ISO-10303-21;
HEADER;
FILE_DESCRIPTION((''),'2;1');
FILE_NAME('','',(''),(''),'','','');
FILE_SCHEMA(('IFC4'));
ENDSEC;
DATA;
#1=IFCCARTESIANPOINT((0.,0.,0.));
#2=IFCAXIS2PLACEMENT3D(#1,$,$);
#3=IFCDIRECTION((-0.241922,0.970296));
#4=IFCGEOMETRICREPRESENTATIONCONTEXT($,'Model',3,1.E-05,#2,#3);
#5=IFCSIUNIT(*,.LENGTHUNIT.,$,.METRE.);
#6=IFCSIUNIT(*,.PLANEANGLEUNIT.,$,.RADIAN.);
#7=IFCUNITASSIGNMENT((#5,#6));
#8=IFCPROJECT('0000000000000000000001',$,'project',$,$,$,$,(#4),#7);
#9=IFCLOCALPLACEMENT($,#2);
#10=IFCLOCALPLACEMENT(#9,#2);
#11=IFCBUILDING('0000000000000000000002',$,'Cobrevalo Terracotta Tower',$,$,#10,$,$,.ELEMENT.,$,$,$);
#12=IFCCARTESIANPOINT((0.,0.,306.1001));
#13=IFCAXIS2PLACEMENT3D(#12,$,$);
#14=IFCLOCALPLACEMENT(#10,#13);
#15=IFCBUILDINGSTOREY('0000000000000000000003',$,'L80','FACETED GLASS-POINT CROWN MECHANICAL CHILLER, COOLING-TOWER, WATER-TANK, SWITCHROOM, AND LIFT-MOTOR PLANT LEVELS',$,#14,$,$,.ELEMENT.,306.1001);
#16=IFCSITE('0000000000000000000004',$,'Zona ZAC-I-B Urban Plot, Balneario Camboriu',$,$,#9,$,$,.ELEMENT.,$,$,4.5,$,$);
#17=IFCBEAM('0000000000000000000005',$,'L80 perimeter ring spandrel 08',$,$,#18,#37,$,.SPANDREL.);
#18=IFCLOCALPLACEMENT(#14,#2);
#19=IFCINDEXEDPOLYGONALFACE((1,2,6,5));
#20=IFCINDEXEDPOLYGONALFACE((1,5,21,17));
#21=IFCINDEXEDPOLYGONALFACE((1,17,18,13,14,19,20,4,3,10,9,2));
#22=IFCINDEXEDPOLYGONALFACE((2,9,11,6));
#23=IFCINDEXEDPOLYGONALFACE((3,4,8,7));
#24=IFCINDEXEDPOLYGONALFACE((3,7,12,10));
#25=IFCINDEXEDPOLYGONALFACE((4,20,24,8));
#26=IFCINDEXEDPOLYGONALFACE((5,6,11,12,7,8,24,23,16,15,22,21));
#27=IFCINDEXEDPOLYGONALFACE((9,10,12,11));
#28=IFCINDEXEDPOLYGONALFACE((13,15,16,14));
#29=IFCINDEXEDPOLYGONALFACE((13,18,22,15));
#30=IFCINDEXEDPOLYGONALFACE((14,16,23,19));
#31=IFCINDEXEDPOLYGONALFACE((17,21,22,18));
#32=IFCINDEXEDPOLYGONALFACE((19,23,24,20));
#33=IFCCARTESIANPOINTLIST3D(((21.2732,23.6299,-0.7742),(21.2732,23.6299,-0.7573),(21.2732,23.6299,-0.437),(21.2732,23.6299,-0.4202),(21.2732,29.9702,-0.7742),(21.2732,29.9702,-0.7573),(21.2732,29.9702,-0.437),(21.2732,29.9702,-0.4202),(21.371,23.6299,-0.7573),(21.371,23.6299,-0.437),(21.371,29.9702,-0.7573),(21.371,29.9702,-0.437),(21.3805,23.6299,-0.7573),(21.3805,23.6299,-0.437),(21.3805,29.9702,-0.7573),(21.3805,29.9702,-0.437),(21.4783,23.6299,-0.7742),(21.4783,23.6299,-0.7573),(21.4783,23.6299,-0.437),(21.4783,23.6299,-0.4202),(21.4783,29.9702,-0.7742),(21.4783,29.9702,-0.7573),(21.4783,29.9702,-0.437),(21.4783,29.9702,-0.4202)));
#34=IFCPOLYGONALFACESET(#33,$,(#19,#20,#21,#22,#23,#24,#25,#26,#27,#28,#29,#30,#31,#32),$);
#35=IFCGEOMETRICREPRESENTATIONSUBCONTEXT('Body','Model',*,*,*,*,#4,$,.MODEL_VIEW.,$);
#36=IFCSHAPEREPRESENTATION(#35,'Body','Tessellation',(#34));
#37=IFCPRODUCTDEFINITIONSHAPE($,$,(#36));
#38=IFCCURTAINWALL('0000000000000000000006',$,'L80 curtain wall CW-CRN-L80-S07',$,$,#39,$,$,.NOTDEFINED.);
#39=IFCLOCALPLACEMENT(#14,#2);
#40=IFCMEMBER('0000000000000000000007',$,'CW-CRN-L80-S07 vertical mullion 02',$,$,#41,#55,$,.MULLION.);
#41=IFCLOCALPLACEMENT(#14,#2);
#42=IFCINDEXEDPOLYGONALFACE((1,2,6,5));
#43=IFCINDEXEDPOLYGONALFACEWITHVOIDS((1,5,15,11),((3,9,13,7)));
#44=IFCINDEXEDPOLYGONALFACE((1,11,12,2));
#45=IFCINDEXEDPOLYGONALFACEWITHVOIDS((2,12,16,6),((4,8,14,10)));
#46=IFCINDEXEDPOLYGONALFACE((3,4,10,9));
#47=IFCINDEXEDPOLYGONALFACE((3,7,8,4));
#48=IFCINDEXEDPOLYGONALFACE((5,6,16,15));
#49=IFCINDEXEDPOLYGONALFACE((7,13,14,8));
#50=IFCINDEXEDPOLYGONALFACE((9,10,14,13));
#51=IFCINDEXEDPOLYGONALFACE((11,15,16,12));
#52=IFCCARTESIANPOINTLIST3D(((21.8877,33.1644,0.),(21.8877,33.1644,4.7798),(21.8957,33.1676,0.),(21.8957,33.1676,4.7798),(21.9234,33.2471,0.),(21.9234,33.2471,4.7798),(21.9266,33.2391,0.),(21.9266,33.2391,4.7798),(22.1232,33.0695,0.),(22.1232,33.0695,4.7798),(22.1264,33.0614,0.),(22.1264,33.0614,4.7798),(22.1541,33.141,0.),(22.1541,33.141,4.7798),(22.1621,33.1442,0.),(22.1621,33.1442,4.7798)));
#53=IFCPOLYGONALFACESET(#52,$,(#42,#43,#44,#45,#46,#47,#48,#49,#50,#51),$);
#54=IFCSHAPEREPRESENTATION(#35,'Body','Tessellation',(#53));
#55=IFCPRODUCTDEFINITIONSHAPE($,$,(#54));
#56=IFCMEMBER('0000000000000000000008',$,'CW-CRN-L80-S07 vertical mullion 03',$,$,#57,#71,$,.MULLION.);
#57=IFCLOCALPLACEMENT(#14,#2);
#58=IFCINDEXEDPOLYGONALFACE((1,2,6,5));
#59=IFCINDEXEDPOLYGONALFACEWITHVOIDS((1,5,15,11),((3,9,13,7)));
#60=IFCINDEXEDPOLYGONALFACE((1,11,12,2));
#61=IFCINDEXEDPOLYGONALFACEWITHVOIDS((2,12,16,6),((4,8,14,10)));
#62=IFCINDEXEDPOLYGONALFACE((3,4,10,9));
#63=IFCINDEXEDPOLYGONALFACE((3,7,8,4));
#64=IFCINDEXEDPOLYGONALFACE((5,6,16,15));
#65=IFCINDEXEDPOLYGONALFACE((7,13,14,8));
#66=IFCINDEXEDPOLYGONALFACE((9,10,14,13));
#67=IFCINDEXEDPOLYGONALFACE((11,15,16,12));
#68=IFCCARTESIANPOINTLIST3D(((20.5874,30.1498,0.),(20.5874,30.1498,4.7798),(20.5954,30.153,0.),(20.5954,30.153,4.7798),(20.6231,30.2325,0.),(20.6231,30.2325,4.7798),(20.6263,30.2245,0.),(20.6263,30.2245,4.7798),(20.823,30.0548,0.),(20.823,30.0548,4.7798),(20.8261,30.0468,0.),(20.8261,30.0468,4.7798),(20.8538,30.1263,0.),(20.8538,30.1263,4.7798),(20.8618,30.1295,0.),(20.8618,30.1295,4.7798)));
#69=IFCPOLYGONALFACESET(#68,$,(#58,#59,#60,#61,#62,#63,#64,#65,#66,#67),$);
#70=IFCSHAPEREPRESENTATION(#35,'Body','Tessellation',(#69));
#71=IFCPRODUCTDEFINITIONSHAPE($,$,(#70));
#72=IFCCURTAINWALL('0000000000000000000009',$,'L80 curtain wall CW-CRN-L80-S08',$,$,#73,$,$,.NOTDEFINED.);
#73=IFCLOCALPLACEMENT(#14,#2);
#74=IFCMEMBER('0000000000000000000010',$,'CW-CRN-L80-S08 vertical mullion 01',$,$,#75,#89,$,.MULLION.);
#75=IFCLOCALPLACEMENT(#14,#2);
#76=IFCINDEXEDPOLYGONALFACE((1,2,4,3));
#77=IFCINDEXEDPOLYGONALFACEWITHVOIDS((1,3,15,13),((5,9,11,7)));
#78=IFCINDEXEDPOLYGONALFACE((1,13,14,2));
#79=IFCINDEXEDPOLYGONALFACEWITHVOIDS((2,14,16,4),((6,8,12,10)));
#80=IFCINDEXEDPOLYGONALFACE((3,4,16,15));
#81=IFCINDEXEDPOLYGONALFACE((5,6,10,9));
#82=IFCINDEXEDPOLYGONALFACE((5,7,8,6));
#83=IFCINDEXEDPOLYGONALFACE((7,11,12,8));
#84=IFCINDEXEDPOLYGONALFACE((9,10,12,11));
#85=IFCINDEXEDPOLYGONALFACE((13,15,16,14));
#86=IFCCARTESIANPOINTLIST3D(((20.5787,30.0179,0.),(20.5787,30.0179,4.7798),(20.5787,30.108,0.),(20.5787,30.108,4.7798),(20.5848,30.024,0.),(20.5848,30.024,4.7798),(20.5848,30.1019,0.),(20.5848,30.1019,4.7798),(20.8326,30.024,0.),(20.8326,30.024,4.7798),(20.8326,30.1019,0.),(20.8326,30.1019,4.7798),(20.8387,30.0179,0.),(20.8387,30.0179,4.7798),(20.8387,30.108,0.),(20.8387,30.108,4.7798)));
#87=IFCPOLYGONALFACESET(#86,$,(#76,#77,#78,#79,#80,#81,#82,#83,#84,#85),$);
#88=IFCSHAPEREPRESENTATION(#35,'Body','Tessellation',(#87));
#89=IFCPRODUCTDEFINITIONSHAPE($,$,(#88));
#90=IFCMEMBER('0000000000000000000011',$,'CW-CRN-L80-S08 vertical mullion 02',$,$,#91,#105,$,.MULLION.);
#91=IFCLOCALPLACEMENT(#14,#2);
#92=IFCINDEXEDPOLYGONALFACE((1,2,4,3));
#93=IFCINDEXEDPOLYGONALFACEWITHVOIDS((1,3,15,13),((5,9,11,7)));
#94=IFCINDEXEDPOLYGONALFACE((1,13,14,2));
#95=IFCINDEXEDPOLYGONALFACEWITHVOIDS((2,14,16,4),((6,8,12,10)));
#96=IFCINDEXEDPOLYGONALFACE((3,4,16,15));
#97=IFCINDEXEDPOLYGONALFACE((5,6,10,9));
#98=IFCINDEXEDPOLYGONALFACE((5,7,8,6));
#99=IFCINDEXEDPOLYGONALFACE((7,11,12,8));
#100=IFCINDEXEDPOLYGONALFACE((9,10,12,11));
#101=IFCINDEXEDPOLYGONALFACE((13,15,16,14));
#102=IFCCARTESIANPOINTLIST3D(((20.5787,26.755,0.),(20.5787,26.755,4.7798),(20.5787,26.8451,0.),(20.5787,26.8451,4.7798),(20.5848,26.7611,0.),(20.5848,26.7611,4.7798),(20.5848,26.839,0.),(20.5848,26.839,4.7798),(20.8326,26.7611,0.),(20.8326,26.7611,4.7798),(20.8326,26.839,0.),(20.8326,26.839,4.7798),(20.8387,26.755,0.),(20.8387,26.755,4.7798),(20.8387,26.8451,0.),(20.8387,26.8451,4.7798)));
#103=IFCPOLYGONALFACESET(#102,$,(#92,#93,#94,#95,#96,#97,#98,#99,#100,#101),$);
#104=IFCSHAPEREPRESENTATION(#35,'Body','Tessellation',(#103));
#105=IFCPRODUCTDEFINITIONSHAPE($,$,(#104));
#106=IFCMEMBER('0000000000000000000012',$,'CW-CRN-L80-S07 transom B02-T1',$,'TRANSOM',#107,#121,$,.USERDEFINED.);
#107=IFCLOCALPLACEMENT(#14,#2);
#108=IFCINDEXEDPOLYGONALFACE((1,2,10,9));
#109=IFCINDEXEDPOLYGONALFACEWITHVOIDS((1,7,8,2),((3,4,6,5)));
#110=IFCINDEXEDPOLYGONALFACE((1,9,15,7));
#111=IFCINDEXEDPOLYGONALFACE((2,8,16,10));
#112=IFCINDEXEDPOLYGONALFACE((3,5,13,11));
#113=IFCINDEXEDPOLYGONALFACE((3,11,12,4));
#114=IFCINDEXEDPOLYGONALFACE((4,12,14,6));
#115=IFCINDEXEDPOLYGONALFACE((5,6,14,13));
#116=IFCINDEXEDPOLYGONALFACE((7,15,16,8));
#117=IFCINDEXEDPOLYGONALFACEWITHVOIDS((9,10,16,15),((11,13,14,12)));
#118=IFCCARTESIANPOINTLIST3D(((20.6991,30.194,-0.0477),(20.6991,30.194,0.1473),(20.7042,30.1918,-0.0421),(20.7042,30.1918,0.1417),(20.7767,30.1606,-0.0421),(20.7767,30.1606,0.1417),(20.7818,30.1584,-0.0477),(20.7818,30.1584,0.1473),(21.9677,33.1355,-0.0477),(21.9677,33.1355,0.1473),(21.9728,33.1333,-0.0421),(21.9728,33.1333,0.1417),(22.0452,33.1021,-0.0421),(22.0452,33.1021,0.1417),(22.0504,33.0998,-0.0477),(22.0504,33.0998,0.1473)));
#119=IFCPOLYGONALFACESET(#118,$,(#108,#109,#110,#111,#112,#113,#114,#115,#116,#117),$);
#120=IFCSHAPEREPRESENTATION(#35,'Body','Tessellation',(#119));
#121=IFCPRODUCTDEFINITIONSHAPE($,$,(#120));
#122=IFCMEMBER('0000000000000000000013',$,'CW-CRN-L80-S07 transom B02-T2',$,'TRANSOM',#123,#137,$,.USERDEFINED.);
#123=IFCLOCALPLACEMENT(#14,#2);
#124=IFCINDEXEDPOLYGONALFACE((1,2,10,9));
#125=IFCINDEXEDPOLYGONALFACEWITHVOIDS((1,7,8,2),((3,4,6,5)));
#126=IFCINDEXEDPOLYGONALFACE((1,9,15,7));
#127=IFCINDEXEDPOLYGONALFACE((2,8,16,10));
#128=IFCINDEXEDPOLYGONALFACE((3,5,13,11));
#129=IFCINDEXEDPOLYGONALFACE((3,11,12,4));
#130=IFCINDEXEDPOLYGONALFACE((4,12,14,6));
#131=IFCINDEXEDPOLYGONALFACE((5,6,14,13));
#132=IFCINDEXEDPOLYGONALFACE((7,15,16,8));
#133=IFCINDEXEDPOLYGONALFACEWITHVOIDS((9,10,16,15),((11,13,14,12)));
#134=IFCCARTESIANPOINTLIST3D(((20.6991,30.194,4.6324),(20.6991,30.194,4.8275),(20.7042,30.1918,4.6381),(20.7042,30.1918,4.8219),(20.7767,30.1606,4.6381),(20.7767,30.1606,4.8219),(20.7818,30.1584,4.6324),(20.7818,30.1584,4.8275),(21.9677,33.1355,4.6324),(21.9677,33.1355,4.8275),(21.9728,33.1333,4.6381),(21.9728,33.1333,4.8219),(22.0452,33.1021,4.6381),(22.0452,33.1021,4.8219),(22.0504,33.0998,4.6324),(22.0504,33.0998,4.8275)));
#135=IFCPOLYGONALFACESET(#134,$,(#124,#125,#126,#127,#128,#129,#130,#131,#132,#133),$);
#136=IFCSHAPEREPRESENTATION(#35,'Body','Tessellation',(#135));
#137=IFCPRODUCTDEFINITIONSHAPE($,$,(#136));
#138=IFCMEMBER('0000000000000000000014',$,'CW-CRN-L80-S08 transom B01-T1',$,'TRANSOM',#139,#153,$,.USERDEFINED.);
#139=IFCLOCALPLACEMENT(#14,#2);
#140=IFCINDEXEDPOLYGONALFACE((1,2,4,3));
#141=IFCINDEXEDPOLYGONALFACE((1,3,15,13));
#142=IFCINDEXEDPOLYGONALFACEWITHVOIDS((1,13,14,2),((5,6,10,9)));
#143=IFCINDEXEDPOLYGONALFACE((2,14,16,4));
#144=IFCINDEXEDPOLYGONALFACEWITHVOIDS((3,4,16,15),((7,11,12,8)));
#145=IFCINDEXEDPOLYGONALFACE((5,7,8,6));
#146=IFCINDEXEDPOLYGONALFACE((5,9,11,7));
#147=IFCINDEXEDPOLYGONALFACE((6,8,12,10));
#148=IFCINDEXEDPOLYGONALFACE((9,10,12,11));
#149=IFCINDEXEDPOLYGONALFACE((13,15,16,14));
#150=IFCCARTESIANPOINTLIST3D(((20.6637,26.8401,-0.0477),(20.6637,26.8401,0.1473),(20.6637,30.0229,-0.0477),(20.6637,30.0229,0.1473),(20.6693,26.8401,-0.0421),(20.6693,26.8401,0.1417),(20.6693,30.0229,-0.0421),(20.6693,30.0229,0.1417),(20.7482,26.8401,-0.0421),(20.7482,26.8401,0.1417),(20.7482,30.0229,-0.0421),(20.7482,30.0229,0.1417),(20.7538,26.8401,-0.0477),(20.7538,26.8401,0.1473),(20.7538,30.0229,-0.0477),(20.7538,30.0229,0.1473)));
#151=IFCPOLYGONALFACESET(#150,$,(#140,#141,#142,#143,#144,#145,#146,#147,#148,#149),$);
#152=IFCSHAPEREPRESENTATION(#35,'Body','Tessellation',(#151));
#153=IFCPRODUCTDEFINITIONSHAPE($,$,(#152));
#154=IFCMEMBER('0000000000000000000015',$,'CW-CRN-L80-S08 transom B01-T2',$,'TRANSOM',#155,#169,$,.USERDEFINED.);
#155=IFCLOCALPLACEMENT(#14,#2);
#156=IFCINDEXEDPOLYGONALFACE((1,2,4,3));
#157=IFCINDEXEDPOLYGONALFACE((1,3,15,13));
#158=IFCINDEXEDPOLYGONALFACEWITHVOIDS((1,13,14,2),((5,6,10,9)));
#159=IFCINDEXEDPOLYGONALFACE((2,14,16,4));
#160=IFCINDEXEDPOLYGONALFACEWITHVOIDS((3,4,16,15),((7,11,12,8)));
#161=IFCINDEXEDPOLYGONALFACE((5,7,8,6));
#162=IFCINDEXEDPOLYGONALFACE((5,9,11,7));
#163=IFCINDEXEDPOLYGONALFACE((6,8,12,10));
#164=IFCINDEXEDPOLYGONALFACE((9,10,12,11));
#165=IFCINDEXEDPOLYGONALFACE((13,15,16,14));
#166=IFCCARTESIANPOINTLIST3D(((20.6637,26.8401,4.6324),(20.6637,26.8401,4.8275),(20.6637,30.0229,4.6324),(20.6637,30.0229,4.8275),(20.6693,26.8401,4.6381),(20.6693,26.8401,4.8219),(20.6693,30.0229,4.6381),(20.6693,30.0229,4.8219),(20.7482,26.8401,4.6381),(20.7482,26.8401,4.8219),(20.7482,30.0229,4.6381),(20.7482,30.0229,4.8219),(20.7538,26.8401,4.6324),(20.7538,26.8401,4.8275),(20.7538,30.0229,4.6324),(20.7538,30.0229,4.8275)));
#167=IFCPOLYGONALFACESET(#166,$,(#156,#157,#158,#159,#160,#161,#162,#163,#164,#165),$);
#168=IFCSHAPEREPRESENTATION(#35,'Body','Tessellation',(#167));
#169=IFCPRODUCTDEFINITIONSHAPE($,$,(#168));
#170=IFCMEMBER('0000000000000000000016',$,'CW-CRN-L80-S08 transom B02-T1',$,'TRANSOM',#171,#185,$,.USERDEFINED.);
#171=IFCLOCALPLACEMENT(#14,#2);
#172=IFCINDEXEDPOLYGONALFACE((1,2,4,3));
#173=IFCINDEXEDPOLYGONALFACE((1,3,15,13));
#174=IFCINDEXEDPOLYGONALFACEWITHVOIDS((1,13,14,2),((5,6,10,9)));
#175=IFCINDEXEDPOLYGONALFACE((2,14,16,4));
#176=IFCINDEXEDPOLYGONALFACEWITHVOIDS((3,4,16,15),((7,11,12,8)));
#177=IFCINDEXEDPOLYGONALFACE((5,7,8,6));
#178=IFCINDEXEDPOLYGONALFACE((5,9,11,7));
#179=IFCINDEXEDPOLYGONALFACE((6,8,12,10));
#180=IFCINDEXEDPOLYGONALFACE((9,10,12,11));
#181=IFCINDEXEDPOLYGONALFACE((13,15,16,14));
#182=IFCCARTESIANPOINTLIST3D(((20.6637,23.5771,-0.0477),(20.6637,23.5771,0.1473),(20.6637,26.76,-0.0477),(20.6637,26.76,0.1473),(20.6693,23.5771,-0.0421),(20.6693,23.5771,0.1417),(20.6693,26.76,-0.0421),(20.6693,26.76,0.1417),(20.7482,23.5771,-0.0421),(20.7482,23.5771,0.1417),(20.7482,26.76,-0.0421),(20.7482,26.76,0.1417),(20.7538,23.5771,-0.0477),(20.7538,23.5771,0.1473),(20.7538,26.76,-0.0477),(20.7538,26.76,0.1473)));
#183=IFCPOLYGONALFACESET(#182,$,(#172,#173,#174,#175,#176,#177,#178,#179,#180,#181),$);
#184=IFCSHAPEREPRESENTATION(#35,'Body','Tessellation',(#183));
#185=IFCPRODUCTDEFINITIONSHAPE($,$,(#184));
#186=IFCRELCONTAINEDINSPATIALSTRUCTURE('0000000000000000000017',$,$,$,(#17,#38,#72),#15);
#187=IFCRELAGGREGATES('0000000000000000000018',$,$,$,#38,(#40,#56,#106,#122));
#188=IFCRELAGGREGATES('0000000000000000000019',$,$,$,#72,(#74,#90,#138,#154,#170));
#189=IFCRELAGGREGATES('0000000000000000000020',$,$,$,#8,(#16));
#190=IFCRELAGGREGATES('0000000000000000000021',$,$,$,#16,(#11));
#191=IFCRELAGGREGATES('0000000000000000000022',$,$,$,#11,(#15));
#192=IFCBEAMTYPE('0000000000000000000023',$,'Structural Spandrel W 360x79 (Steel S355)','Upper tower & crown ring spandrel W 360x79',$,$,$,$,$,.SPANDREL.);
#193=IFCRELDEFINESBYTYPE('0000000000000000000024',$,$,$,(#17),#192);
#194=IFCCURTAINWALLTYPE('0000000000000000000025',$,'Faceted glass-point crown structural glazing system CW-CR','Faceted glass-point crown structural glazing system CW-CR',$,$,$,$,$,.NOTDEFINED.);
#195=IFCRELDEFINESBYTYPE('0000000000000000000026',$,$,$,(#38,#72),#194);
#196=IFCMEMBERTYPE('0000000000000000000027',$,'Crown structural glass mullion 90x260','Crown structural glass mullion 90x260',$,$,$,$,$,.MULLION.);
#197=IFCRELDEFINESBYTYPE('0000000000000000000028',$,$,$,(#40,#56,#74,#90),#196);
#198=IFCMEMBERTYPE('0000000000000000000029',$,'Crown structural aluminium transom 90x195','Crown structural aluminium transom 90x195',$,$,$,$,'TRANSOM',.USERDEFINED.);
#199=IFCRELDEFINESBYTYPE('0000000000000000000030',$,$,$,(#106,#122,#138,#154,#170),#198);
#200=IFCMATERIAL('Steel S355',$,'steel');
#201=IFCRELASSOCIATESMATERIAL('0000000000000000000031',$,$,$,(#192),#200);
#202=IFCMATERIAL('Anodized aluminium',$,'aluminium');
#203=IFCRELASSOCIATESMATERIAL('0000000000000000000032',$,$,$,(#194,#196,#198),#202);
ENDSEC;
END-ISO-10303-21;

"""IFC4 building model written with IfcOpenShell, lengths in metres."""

from ifc_helpers import new_model, si_unit, direction, frame, origin, origin_2d, place, context, subcontext, project, spatial, hollow_rectangle, i_section, extrude, source, transform, mapped, material, material_profile, profile_set, type_object, element, aggregate, save


model = new_model("IFC4")

# Units and contexts
model_context = context("Model", 3, precision=1e-05, world=origin(), true_north=direction((-0.241922, 0.970296)))
body_context = subcontext(model_context, "Body", "Model", "MODEL_VIEW")
ifc_project = project(units=[si_unit("LENGTHUNIT", "METRE"), si_unit("PLANEANGLEUNIT", "RADIAN")], contexts=[model_context])

# Site, building, storey
site_placement = place(None, origin())
site = spatial("IfcSite", under=ifc_project, at=site_placement, Name="Zona ZAC-I-B Urban Plot, Balneario Camboriu", CompositionType="ELEMENT", RefElevation=4.5)
building_placement = place(site_placement, origin())
building = spatial("IfcBuilding", under=site, at=building_placement, Name="Cobrevalo Terracotta Tower", CompositionType="ELEMENT")
storey_placement = place(building_placement, frame((0.0, 0.0, 306.1001)))
storey = spatial("IfcBuildingStorey", under=building, at=storey_placement, Name="L80", Description="FACETED GLASS-POINT CROWN MECHANICAL CHILLER, COOLING-TOWER, WATER-TANK, SWITCHROOM, AND LIFT-MOTOR PLANT LEVELS", CompositionType="ELEMENT", Elevation=306.1001)

# Shared definitions
ifc_material_1 = material(Name="Steel S355", Category="steel")

# Beam
ifc_material_profile_1 = material_profile(ifc_material_1, i_section(OverallWidth=0.2051, OverallDepth=0.354, WebThickness=0.0095, FlangeThickness=0.0168, at=origin_2d()), Name="W 360x79")
ifc_profile_set_1 = profile_set([ifc_material_profile_1], Name="Steel S355")
beam_type_1 = type_object("IfcBeamType", Name="Structural Spandrel W 360x79 (Steel S355)", Description="Upper tower & crown ring spandrel W 360x79", PredefinedType="SPANDREL", material=ifc_profile_set_1)
beam_1_placement = place(storey_placement, frame((21.3757, 29.9702, -0.5972), z_axis=(0.0, -1.0, 0.0), x_axis=(1.0, 0.0, 0.0)))
element("IfcBeam", 1, at=beam_1_placement, inside=storey, type_object=beam_type_1, Name="L80 perimeter ring spandrel 08", PredefinedType="SPANDREL", context=body_context, shape_type="SweptSolid", body=[
    extrude(i_section(OverallWidth=0.2051, OverallDepth=0.354, WebThickness=0.0095, FlangeThickness=0.0168, at=origin_2d()), origin(), (0.0, 0.0, 1.0), 6.3403),
])

# Curtain walls, members
ifc_material_2 = material(Name="Anodized aluminium", Category="aluminium")
curtain_wall_type = type_object("IfcCurtainWallType", Name="Faceted glass-point crown structural glazing system CW-CR", Description="Faceted glass-point crown structural glazing system CW-CR", PredefinedType="NOTDEFINED", material=ifc_material_2)
curtain_wall_1_placement = place(storey_placement, origin())
curtain_wall_1 = element("IfcCurtainWall", 2, at=curtain_wall_1_placement, inside=storey, type_object=curtain_wall_type, Name="L80 curtain wall CW-CRN-L80-S07", PredefinedType="NOTDEFINED")
ifc_material_profile_2 = material_profile(ifc_material_2, hollow_rectangle(XDim=0.0901, YDim=0.26, WallThickness=0.0061, at=origin_2d()), Name="CWM 90x260")
ifc_profile_set_2 = profile_set([ifc_material_profile_2], Name="Anodized aluminium")
member_type_1 = type_object("IfcMemberType", Name="Crown structural glass mullion 90x260", Description="Crown structural glass mullion 90x260", PredefinedType="MULLION", material=ifc_profile_set_2)
shared_shape_1 = source(origin(), body_context, "Body", "SweptSolid", [
    extrude(hollow_rectangle(XDim=0.0901, YDim=0.26, WallThickness=0.0061, at=origin_2d()), origin(), (0.0, 0.0, 1.0), 4.7798),
])
member_1_placement = place(storey_placement, frame((22.0249, 33.1543, 0.0), z_axis=(0.0, 0.0, 1.0), x_axis=(-0.396058, -0.918225, 0.0)))
member_1 = element("IfcMember", 3, at=member_1_placement, type_object=member_type_1, Name="CW-CRN-L80-S07 vertical mullion 02", PredefinedType="MULLION", context=body_context, shape_type="MappedRepresentation", body=[
    mapped(shared_shape_1, transform((0.0, 0.0, 0.0), scale=1.0)),
])
member_2_placement = place(storey_placement, frame((20.7246, 30.1396, 0.0), z_axis=(0.0, 0.0, 1.0), x_axis=(-0.396058, -0.918225, 0.0)))
member_2 = element("IfcMember", 4, at=member_2_placement, type_object=member_type_1, Name="CW-CRN-L80-S07 vertical mullion 03", PredefinedType="MULLION", context=body_context, shape_type="MappedRepresentation", body=[
    mapped(shared_shape_1, transform((0.0, 0.0, 0.0), scale=1.0)),
])
curtain_wall_2_placement = place(storey_placement, origin())
curtain_wall_2 = element("IfcCurtainWall", 5, at=curtain_wall_2_placement, inside=storey, type_object=curtain_wall_type, Name="L80 curtain wall CW-CRN-L80-S08", PredefinedType="NOTDEFINED")
member_3_placement = place(storey_placement, frame((20.7087, 30.063, 0.0), z_axis=(0.0, 0.0, 1.0), x_axis=(0.0, -1.0, 0.0)))
member_3 = element("IfcMember", 6, at=member_3_placement, type_object=member_type_1, Name="CW-CRN-L80-S08 vertical mullion 01", PredefinedType="MULLION", context=body_context, shape_type="MappedRepresentation", body=[
    mapped(shared_shape_1, transform((0.0, 0.0, 0.0), scale=1.0)),
])
member_4_placement = place(storey_placement, frame((20.7087, 26.8, 0.0), z_axis=(0.0, 0.0, 1.0), x_axis=(0.0, -1.0, 0.0)))
member_4 = element("IfcMember", 7, at=member_4_placement, type_object=member_type_1, Name="CW-CRN-L80-S08 vertical mullion 02", PredefinedType="MULLION", context=body_context, shape_type="MappedRepresentation", body=[
    mapped(shared_shape_1, transform((0.0, 0.0, 0.0), scale=1.0)),
])

# Members
ifc_material_profile_3 = material_profile(ifc_material_2, hollow_rectangle(XDim=0.0901, YDim=0.1951, WallThickness=0.0056, at=origin_2d()), Name="CWT 90x195")
ifc_profile_set_3 = profile_set([ifc_material_profile_3], Name="Anodized aluminium")
member_type_2 = type_object("IfcMemberType", Name="Crown structural aluminium transom 90x195", Description="Crown structural aluminium transom 90x195", ElementType="TRANSOM", PredefinedType="USERDEFINED", material=ifc_profile_set_3)
shared_shape_2 = source(origin(), body_context, "Body", "SweptSolid", [
    extrude(hollow_rectangle(XDim=0.0901, YDim=0.1951, WallThickness=0.0056, at=origin_2d()), origin(), (0.0, 0.0, 1.0), 3.2034),
])
member_5_placement = place(storey_placement, frame((22.009, 33.1177, 0.0498), z_axis=(-0.396016, -0.918244, 0.0), x_axis=(0.918244, -0.396016, 0.0)))
member_5 = element("IfcMember", 8, at=member_5_placement, type_object=member_type_2, Name="CW-CRN-L80-S07 transom B02-T1", ObjectType="TRANSOM", PredefinedType="USERDEFINED", context=body_context, shape_type="MappedRepresentation", body=[
    mapped(shared_shape_2, transform((0.0, 0.0, 0.0), scale=1.0)),
])
member_6_placement = place(storey_placement, frame((22.009, 33.1177, 4.73), z_axis=(-0.396016, -0.918244, 0.0), x_axis=(0.918244, -0.396016, 0.0)))
member_6 = element("IfcMember", 9, at=member_6_placement, type_object=member_type_2, Name="CW-CRN-L80-S07 transom B02-T2", ObjectType="TRANSOM", PredefinedType="USERDEFINED", context=body_context, shape_type="MappedRepresentation", body=[
    mapped(shared_shape_2, transform((0.0, 0.0, 0.0), scale=1.0)),
])
shared_shape_3 = source(origin(), body_context, "Body", "SweptSolid", [
    extrude(hollow_rectangle(XDim=0.0901, YDim=0.1951, WallThickness=0.0056, at=origin_2d()), origin(), (0.0, 0.0, 1.0), 3.1829),
])
member_7_placement = place(storey_placement, frame((20.7087, 30.0229, 0.0498), z_axis=(0.0, -1.0, 0.0), x_axis=(1.0, 0.0, 0.0)))
member_7 = element("IfcMember", 10, at=member_7_placement, type_object=member_type_2, Name="CW-CRN-L80-S08 transom B01-T1", ObjectType="TRANSOM", PredefinedType="USERDEFINED", context=body_context, shape_type="MappedRepresentation", body=[
    mapped(shared_shape_3, transform((0.0, 0.0, 0.0), scale=1.0)),
])
member_8_placement = place(storey_placement, frame((20.7087, 30.0229, 4.73), z_axis=(0.0, -1.0, 0.0), x_axis=(1.0, 0.0, 0.0)))
member_8 = element("IfcMember", 11, at=member_8_placement, type_object=member_type_2, Name="CW-CRN-L80-S08 transom B01-T2", ObjectType="TRANSOM", PredefinedType="USERDEFINED", context=body_context, shape_type="MappedRepresentation", body=[
    mapped(shared_shape_3, transform((0.0, 0.0, 0.0), scale=1.0)),
])
member_9_placement = place(storey_placement, frame((20.7087, 26.76, 0.0498), z_axis=(0.0, -1.0, 0.0), x_axis=(1.0, 0.0, 0.0)))
member_9 = element("IfcMember", 12, at=member_9_placement, type_object=member_type_2, Name="CW-CRN-L80-S08 transom B02-T1", ObjectType="TRANSOM", PredefinedType="USERDEFINED", context=body_context, shape_type="MappedRepresentation", body=[
    mapped(shared_shape_3, transform((0.0, 0.0, 0.0), scale=1.0)),
])

aggregate(curtain_wall_1, [member_1, member_2, member_5, member_6])
aggregate(curtain_wall_2, [member_3, member_4, member_7, member_8, member_9])

save(model, "model.ifc")
